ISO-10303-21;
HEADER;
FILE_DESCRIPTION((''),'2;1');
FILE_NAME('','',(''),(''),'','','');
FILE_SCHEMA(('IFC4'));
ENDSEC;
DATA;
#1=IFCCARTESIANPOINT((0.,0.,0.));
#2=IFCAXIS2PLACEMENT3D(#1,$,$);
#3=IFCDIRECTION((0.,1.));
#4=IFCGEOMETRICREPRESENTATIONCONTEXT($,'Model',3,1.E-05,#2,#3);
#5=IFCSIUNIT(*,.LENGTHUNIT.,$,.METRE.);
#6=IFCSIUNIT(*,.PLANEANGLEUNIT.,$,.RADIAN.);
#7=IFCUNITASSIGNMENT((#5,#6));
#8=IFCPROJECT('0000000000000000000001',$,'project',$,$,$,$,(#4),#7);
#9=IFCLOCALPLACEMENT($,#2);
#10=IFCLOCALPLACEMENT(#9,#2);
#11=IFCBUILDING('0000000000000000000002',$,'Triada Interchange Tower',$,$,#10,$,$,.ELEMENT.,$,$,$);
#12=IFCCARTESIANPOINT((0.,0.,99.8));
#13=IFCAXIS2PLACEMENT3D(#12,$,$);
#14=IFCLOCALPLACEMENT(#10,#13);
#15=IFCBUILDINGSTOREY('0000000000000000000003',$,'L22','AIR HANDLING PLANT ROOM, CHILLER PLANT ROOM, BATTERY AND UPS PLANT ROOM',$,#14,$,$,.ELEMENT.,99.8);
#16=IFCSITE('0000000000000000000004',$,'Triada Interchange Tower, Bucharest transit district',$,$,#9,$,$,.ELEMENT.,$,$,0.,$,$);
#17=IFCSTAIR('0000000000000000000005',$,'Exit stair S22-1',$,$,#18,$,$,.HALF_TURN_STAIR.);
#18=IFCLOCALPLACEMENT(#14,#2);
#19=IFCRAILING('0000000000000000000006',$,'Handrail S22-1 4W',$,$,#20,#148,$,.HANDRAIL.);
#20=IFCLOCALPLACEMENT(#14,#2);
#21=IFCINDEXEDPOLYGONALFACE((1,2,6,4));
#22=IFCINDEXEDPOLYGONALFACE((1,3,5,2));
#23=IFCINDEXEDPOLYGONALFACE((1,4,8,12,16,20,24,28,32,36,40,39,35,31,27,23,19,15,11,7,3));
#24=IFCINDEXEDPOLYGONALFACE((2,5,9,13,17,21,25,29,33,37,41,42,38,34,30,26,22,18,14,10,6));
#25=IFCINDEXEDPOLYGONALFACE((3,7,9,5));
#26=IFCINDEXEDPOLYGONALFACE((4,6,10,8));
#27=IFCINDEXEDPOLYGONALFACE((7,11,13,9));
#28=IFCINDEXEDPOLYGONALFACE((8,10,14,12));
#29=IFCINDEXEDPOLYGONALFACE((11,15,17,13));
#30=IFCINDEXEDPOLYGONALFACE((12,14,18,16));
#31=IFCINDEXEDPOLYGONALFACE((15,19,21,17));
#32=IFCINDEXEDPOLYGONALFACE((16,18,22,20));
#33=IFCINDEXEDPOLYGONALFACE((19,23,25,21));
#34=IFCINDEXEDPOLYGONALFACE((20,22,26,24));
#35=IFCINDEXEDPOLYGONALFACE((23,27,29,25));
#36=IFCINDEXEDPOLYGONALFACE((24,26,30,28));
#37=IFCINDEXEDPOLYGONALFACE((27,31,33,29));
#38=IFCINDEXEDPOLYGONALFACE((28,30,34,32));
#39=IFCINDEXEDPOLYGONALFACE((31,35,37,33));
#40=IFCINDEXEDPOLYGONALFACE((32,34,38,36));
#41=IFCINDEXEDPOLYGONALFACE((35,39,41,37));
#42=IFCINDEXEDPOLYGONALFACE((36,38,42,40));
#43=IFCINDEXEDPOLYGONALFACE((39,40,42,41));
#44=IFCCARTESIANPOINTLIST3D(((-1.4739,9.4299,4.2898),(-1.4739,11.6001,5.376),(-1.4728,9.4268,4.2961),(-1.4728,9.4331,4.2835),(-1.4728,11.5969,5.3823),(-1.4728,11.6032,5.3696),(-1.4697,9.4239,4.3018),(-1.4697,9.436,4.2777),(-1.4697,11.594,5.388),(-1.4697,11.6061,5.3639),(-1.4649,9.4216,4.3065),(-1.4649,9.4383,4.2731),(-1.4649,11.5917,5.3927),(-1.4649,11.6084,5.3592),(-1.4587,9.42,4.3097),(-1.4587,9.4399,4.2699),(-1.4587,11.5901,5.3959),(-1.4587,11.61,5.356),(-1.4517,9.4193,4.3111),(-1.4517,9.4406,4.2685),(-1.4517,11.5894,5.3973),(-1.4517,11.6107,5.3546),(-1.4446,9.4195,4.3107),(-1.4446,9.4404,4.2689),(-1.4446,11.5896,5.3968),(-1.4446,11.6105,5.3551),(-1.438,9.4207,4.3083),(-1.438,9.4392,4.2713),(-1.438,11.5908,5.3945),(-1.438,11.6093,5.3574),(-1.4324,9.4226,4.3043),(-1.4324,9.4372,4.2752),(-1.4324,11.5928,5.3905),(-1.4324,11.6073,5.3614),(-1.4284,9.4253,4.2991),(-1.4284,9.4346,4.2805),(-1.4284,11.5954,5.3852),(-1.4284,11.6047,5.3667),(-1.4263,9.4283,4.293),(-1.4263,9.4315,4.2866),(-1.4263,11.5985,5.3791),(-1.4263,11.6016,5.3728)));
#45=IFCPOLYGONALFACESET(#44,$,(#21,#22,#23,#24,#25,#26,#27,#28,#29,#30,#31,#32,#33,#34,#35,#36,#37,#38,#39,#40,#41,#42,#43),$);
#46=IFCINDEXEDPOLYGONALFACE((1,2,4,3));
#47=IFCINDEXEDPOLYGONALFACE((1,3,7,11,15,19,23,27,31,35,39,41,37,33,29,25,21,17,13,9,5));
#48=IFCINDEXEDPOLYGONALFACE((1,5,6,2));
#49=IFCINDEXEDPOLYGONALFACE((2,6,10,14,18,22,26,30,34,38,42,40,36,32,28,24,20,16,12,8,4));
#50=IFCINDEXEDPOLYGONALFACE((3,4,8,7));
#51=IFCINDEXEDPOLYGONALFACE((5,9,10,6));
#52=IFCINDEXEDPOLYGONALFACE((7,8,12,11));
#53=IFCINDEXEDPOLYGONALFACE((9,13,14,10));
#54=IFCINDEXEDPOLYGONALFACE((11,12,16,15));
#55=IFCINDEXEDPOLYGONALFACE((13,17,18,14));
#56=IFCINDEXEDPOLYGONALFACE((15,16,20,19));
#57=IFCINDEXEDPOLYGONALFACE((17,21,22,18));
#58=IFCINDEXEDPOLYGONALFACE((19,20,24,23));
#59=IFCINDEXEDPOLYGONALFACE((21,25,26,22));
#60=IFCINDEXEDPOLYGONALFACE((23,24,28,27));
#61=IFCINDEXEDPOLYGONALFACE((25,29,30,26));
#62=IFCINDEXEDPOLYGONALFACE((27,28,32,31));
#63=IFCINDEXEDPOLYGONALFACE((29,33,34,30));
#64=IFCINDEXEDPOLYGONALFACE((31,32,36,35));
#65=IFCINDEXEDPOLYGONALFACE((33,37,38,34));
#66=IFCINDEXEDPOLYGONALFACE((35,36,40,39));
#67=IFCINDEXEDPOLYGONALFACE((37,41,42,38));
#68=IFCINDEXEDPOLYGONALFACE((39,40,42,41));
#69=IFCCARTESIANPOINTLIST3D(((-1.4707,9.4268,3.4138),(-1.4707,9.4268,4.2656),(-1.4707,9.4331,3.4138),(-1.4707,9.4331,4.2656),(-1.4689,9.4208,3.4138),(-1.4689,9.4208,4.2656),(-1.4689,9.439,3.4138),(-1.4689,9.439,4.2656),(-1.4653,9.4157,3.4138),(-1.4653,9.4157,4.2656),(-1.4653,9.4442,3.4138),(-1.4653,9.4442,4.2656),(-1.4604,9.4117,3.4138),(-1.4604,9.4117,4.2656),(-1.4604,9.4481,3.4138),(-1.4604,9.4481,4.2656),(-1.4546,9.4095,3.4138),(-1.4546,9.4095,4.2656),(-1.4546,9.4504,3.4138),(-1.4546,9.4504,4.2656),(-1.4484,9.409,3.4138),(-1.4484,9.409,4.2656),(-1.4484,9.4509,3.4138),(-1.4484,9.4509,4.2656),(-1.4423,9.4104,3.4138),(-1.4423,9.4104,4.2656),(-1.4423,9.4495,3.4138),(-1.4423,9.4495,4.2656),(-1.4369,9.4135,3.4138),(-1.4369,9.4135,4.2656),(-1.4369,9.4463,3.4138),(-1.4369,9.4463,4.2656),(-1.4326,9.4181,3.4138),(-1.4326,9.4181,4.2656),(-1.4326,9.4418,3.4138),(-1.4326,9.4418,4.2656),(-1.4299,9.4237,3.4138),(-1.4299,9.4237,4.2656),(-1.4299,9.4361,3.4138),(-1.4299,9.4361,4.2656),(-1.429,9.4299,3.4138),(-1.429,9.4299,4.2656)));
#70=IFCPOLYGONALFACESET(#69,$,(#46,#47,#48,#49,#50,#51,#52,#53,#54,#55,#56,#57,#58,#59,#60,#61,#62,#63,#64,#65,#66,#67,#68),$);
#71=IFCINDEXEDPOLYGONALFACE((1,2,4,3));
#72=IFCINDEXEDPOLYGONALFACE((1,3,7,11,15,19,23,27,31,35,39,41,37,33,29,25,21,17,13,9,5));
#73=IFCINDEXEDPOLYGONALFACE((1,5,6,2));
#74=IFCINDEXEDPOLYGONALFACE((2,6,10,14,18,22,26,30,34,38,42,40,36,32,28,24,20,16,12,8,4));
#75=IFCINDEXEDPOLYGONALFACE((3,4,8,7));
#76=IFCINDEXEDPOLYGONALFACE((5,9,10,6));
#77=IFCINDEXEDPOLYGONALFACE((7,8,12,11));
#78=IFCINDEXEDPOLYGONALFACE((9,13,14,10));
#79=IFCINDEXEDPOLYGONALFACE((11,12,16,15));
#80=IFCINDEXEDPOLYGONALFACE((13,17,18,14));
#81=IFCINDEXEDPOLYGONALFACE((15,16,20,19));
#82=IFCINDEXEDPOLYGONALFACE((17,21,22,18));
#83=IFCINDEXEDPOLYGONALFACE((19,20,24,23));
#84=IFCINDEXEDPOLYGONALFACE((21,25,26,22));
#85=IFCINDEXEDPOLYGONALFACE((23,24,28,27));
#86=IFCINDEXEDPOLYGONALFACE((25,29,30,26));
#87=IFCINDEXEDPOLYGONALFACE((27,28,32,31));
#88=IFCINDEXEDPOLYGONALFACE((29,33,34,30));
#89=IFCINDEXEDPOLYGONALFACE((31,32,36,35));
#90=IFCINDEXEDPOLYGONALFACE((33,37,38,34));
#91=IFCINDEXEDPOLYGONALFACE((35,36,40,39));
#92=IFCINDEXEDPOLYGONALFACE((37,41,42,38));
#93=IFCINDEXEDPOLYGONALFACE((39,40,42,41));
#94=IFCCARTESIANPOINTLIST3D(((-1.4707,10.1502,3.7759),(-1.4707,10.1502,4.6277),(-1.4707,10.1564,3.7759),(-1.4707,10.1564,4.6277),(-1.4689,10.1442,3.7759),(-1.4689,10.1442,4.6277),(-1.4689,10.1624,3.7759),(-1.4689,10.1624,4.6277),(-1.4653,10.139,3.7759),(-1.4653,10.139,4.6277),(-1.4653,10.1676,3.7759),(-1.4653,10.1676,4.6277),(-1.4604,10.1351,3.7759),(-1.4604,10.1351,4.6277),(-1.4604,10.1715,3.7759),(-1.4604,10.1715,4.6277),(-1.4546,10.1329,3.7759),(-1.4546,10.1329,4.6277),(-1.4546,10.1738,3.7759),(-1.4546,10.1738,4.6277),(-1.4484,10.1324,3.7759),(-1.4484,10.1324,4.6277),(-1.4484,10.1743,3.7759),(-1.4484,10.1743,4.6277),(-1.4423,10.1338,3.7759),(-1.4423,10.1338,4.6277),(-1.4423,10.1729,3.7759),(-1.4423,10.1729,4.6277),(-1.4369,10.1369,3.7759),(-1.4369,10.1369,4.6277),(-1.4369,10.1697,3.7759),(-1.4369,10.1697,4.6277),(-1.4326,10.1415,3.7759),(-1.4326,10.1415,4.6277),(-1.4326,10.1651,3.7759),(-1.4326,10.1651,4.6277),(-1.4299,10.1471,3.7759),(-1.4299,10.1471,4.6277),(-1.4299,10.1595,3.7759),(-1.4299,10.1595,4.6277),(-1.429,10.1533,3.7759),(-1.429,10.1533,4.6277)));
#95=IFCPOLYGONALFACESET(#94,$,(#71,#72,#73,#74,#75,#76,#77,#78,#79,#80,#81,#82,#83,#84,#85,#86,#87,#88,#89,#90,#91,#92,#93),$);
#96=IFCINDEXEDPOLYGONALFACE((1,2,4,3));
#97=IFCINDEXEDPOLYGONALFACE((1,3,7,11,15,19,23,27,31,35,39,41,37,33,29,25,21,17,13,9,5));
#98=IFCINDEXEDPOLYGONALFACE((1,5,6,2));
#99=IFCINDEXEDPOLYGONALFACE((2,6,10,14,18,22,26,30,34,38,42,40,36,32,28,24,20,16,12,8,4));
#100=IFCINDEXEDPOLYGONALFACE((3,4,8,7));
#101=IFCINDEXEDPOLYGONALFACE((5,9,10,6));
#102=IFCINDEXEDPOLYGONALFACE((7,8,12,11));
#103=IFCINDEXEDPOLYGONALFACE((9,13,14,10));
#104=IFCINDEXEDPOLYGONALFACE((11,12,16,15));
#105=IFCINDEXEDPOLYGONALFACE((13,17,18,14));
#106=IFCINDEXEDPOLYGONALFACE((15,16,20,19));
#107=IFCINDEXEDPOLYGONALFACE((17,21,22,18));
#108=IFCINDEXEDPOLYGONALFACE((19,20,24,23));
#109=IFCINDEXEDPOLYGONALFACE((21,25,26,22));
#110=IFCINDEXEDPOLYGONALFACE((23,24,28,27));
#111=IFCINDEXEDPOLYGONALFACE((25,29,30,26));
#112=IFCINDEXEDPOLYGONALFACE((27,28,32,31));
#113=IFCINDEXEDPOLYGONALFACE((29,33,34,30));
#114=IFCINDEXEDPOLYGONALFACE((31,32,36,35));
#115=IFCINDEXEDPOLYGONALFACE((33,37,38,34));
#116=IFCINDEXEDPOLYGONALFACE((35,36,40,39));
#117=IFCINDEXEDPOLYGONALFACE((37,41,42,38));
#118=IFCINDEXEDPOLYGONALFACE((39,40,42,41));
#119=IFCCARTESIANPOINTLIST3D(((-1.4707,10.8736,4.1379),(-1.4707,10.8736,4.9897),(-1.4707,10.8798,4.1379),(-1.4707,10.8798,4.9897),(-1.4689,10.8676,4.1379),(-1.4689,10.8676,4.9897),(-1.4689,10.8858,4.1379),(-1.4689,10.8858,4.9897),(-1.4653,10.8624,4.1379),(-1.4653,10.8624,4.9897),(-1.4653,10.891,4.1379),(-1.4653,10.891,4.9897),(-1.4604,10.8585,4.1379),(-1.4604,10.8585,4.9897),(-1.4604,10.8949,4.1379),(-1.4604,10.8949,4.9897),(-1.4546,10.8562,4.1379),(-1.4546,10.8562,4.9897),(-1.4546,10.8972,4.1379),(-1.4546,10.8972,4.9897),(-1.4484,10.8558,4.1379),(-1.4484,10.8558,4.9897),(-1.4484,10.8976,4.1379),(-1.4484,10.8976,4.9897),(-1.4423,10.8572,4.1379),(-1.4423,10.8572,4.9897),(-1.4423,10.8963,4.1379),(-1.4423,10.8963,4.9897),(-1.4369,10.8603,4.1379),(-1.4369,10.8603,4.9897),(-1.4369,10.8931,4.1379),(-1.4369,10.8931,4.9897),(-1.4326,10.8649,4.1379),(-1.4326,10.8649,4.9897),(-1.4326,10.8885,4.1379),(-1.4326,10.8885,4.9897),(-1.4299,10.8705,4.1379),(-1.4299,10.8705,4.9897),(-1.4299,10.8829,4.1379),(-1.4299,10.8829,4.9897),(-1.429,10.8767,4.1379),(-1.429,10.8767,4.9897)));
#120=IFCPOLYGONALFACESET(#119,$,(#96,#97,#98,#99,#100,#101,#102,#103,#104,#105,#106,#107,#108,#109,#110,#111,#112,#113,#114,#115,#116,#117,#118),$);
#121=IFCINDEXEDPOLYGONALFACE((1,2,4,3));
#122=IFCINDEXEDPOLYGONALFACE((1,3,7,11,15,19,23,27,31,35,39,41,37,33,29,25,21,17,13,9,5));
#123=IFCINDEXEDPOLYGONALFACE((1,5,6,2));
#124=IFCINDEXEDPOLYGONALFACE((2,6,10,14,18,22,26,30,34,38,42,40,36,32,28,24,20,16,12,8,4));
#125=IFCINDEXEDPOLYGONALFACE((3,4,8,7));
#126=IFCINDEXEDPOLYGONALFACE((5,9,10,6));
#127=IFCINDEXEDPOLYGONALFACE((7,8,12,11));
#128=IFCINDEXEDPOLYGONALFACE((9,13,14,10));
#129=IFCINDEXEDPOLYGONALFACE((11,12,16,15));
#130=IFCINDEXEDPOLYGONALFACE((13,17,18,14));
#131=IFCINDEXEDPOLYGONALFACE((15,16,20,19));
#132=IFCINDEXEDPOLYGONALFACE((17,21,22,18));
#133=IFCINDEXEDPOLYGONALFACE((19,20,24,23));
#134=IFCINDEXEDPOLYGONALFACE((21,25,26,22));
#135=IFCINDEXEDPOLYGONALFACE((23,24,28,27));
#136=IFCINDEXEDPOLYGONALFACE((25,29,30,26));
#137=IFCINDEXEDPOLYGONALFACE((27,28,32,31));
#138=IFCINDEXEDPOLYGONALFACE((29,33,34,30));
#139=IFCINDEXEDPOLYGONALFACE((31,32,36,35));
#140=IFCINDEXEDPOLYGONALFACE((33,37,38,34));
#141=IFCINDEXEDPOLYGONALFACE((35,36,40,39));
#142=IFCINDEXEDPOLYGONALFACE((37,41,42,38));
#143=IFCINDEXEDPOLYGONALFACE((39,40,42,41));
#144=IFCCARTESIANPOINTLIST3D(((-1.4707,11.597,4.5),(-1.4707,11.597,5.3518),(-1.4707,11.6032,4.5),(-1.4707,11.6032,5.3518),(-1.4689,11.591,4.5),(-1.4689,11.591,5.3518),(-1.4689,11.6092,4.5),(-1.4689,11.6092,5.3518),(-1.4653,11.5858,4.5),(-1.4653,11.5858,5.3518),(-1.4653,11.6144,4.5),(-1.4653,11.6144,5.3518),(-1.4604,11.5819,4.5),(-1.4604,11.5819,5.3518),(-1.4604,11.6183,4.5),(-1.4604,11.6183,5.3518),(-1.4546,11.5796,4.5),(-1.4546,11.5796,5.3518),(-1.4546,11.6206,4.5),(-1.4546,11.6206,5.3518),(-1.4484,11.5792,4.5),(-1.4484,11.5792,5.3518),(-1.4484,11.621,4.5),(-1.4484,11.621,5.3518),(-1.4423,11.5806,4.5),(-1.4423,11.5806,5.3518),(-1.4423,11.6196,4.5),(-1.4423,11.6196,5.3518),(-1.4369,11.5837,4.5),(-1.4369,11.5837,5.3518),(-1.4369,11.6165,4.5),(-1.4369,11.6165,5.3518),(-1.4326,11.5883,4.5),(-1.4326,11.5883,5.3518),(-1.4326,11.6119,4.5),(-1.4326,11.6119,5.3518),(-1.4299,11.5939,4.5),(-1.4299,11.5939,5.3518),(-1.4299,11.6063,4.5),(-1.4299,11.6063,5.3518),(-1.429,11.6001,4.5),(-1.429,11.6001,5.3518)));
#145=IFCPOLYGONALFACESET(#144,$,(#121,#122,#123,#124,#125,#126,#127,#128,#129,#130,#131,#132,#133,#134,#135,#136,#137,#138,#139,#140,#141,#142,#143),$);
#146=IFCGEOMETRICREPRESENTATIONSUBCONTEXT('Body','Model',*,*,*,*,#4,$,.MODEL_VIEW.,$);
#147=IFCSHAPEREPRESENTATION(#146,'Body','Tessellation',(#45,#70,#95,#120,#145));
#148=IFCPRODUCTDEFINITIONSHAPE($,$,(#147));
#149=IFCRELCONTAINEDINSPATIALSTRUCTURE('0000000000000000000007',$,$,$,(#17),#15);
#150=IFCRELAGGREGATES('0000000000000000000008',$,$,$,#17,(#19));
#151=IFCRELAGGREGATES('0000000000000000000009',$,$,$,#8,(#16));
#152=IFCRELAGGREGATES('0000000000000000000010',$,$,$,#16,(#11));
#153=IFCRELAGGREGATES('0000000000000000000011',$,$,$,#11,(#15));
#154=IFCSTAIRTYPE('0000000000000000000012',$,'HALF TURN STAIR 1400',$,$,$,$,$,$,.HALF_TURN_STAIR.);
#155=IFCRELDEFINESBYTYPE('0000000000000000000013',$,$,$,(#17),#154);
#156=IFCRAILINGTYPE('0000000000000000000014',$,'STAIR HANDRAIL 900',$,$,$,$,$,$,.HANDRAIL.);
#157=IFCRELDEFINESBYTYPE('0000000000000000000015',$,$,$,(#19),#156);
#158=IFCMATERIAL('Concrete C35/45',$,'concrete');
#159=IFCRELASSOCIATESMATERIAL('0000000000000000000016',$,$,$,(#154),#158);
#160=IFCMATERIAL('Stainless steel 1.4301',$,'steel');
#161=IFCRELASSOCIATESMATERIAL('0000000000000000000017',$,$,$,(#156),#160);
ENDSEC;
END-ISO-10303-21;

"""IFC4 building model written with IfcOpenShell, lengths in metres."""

from ifc_helpers import new_model, si_unit, direction, frame, origin, origin_2d, place, context, subcontext, project, spatial, circle, extrude, material, type_object, element, aggregate, save


model = new_model("IFC4")

# Units and contexts
model_context = context("Model", 3, precision=1e-05, world=origin(), true_north=direction((0.0, 1.0)))
body_context = subcontext(model_context, "Body", "Model", "MODEL_VIEW")
ifc_project = project(units=[si_unit("LENGTHUNIT", "METRE"), si_unit("PLANEANGLEUNIT", "RADIAN")], contexts=[model_context])

# Site, building, storey
site_placement = place(None, origin())
site = spatial("IfcSite", under=ifc_project, at=site_placement, Name="Triada Interchange Tower, Bucharest transit district", CompositionType="ELEMENT", RefElevation=0.0)
building_placement = place(site_placement, origin())
building = spatial("IfcBuilding", under=site, at=building_placement, Name="Triada Interchange Tower", CompositionType="ELEMENT")
storey_placement = place(building_placement, frame((0.0, 0.0, 99.8)))
storey = spatial("IfcBuildingStorey", under=building, at=storey_placement, Name="L22", Description="AIR HANDLING PLANT ROOM, CHILLER PLANT ROOM, BATTERY AND UPS PLANT ROOM", CompositionType="ELEMENT", Elevation=99.8)

# Stair
ifc_material_1 = material(Name="Concrete C35/45", Category="concrete")
stair_type = type_object("IfcStairType", Name="HALF TURN STAIR 1400", PredefinedType="HALF_TURN_STAIR", material=ifc_material_1)
stair_placement = place(storey_placement, origin())
stair = element("IfcStair", 1, at=stair_placement, inside=storey, type_object=stair_type, Name="Exit stair S22-1", PredefinedType="HALF_TURN_STAIR")

# Railing
ifc_material_2 = material(Name="Stainless steel 1.4301", Category="steel")
railing_type = type_object("IfcRailingType", Name="STAIR HANDRAIL 900", PredefinedType="HANDRAIL", material=ifc_material_2)
railing_1_placement = place(storey_placement, frame((-1.45, 9.4299, 3.4138)))
railing_1 = element("IfcRailing", 2, at=railing_1_placement, type_object=railing_type, Name="Handrail S22-1 4W", PredefinedType="HANDRAIL", context=body_context, shape_type="SweptSolid", body=[
    extrude(circle(Radius=0.0239, at=origin_2d()), frame((0.0, 0.0, 0.876), z_axis=(0.0, 0.894246, 0.447576), x_axis=(-1.0, 0.0, 0.0)), (0.0, 0.0, 1.0), 2.4268),
    extrude(circle(Radius=0.021, at=origin_2d()), origin(), (0.0, 0.0, 1.0), 0.8518),
    extrude(circle(Radius=0.021, at=origin_2d()), frame((0.0, 0.7234, 0.3621)), (0.0, 0.0, 1.0), 0.8518),
    extrude(circle(Radius=0.021, at=origin_2d()), frame((0.0, 1.4468, 0.7241)), (0.0, 0.0, 1.0), 0.8518),
    extrude(circle(Radius=0.021, at=origin_2d()), frame((0.0, 2.1702, 1.0862)), (0.0, 0.0, 1.0), 0.8518),
])
aggregate(stair, [railing_1])

save(model, "model.ifc")
